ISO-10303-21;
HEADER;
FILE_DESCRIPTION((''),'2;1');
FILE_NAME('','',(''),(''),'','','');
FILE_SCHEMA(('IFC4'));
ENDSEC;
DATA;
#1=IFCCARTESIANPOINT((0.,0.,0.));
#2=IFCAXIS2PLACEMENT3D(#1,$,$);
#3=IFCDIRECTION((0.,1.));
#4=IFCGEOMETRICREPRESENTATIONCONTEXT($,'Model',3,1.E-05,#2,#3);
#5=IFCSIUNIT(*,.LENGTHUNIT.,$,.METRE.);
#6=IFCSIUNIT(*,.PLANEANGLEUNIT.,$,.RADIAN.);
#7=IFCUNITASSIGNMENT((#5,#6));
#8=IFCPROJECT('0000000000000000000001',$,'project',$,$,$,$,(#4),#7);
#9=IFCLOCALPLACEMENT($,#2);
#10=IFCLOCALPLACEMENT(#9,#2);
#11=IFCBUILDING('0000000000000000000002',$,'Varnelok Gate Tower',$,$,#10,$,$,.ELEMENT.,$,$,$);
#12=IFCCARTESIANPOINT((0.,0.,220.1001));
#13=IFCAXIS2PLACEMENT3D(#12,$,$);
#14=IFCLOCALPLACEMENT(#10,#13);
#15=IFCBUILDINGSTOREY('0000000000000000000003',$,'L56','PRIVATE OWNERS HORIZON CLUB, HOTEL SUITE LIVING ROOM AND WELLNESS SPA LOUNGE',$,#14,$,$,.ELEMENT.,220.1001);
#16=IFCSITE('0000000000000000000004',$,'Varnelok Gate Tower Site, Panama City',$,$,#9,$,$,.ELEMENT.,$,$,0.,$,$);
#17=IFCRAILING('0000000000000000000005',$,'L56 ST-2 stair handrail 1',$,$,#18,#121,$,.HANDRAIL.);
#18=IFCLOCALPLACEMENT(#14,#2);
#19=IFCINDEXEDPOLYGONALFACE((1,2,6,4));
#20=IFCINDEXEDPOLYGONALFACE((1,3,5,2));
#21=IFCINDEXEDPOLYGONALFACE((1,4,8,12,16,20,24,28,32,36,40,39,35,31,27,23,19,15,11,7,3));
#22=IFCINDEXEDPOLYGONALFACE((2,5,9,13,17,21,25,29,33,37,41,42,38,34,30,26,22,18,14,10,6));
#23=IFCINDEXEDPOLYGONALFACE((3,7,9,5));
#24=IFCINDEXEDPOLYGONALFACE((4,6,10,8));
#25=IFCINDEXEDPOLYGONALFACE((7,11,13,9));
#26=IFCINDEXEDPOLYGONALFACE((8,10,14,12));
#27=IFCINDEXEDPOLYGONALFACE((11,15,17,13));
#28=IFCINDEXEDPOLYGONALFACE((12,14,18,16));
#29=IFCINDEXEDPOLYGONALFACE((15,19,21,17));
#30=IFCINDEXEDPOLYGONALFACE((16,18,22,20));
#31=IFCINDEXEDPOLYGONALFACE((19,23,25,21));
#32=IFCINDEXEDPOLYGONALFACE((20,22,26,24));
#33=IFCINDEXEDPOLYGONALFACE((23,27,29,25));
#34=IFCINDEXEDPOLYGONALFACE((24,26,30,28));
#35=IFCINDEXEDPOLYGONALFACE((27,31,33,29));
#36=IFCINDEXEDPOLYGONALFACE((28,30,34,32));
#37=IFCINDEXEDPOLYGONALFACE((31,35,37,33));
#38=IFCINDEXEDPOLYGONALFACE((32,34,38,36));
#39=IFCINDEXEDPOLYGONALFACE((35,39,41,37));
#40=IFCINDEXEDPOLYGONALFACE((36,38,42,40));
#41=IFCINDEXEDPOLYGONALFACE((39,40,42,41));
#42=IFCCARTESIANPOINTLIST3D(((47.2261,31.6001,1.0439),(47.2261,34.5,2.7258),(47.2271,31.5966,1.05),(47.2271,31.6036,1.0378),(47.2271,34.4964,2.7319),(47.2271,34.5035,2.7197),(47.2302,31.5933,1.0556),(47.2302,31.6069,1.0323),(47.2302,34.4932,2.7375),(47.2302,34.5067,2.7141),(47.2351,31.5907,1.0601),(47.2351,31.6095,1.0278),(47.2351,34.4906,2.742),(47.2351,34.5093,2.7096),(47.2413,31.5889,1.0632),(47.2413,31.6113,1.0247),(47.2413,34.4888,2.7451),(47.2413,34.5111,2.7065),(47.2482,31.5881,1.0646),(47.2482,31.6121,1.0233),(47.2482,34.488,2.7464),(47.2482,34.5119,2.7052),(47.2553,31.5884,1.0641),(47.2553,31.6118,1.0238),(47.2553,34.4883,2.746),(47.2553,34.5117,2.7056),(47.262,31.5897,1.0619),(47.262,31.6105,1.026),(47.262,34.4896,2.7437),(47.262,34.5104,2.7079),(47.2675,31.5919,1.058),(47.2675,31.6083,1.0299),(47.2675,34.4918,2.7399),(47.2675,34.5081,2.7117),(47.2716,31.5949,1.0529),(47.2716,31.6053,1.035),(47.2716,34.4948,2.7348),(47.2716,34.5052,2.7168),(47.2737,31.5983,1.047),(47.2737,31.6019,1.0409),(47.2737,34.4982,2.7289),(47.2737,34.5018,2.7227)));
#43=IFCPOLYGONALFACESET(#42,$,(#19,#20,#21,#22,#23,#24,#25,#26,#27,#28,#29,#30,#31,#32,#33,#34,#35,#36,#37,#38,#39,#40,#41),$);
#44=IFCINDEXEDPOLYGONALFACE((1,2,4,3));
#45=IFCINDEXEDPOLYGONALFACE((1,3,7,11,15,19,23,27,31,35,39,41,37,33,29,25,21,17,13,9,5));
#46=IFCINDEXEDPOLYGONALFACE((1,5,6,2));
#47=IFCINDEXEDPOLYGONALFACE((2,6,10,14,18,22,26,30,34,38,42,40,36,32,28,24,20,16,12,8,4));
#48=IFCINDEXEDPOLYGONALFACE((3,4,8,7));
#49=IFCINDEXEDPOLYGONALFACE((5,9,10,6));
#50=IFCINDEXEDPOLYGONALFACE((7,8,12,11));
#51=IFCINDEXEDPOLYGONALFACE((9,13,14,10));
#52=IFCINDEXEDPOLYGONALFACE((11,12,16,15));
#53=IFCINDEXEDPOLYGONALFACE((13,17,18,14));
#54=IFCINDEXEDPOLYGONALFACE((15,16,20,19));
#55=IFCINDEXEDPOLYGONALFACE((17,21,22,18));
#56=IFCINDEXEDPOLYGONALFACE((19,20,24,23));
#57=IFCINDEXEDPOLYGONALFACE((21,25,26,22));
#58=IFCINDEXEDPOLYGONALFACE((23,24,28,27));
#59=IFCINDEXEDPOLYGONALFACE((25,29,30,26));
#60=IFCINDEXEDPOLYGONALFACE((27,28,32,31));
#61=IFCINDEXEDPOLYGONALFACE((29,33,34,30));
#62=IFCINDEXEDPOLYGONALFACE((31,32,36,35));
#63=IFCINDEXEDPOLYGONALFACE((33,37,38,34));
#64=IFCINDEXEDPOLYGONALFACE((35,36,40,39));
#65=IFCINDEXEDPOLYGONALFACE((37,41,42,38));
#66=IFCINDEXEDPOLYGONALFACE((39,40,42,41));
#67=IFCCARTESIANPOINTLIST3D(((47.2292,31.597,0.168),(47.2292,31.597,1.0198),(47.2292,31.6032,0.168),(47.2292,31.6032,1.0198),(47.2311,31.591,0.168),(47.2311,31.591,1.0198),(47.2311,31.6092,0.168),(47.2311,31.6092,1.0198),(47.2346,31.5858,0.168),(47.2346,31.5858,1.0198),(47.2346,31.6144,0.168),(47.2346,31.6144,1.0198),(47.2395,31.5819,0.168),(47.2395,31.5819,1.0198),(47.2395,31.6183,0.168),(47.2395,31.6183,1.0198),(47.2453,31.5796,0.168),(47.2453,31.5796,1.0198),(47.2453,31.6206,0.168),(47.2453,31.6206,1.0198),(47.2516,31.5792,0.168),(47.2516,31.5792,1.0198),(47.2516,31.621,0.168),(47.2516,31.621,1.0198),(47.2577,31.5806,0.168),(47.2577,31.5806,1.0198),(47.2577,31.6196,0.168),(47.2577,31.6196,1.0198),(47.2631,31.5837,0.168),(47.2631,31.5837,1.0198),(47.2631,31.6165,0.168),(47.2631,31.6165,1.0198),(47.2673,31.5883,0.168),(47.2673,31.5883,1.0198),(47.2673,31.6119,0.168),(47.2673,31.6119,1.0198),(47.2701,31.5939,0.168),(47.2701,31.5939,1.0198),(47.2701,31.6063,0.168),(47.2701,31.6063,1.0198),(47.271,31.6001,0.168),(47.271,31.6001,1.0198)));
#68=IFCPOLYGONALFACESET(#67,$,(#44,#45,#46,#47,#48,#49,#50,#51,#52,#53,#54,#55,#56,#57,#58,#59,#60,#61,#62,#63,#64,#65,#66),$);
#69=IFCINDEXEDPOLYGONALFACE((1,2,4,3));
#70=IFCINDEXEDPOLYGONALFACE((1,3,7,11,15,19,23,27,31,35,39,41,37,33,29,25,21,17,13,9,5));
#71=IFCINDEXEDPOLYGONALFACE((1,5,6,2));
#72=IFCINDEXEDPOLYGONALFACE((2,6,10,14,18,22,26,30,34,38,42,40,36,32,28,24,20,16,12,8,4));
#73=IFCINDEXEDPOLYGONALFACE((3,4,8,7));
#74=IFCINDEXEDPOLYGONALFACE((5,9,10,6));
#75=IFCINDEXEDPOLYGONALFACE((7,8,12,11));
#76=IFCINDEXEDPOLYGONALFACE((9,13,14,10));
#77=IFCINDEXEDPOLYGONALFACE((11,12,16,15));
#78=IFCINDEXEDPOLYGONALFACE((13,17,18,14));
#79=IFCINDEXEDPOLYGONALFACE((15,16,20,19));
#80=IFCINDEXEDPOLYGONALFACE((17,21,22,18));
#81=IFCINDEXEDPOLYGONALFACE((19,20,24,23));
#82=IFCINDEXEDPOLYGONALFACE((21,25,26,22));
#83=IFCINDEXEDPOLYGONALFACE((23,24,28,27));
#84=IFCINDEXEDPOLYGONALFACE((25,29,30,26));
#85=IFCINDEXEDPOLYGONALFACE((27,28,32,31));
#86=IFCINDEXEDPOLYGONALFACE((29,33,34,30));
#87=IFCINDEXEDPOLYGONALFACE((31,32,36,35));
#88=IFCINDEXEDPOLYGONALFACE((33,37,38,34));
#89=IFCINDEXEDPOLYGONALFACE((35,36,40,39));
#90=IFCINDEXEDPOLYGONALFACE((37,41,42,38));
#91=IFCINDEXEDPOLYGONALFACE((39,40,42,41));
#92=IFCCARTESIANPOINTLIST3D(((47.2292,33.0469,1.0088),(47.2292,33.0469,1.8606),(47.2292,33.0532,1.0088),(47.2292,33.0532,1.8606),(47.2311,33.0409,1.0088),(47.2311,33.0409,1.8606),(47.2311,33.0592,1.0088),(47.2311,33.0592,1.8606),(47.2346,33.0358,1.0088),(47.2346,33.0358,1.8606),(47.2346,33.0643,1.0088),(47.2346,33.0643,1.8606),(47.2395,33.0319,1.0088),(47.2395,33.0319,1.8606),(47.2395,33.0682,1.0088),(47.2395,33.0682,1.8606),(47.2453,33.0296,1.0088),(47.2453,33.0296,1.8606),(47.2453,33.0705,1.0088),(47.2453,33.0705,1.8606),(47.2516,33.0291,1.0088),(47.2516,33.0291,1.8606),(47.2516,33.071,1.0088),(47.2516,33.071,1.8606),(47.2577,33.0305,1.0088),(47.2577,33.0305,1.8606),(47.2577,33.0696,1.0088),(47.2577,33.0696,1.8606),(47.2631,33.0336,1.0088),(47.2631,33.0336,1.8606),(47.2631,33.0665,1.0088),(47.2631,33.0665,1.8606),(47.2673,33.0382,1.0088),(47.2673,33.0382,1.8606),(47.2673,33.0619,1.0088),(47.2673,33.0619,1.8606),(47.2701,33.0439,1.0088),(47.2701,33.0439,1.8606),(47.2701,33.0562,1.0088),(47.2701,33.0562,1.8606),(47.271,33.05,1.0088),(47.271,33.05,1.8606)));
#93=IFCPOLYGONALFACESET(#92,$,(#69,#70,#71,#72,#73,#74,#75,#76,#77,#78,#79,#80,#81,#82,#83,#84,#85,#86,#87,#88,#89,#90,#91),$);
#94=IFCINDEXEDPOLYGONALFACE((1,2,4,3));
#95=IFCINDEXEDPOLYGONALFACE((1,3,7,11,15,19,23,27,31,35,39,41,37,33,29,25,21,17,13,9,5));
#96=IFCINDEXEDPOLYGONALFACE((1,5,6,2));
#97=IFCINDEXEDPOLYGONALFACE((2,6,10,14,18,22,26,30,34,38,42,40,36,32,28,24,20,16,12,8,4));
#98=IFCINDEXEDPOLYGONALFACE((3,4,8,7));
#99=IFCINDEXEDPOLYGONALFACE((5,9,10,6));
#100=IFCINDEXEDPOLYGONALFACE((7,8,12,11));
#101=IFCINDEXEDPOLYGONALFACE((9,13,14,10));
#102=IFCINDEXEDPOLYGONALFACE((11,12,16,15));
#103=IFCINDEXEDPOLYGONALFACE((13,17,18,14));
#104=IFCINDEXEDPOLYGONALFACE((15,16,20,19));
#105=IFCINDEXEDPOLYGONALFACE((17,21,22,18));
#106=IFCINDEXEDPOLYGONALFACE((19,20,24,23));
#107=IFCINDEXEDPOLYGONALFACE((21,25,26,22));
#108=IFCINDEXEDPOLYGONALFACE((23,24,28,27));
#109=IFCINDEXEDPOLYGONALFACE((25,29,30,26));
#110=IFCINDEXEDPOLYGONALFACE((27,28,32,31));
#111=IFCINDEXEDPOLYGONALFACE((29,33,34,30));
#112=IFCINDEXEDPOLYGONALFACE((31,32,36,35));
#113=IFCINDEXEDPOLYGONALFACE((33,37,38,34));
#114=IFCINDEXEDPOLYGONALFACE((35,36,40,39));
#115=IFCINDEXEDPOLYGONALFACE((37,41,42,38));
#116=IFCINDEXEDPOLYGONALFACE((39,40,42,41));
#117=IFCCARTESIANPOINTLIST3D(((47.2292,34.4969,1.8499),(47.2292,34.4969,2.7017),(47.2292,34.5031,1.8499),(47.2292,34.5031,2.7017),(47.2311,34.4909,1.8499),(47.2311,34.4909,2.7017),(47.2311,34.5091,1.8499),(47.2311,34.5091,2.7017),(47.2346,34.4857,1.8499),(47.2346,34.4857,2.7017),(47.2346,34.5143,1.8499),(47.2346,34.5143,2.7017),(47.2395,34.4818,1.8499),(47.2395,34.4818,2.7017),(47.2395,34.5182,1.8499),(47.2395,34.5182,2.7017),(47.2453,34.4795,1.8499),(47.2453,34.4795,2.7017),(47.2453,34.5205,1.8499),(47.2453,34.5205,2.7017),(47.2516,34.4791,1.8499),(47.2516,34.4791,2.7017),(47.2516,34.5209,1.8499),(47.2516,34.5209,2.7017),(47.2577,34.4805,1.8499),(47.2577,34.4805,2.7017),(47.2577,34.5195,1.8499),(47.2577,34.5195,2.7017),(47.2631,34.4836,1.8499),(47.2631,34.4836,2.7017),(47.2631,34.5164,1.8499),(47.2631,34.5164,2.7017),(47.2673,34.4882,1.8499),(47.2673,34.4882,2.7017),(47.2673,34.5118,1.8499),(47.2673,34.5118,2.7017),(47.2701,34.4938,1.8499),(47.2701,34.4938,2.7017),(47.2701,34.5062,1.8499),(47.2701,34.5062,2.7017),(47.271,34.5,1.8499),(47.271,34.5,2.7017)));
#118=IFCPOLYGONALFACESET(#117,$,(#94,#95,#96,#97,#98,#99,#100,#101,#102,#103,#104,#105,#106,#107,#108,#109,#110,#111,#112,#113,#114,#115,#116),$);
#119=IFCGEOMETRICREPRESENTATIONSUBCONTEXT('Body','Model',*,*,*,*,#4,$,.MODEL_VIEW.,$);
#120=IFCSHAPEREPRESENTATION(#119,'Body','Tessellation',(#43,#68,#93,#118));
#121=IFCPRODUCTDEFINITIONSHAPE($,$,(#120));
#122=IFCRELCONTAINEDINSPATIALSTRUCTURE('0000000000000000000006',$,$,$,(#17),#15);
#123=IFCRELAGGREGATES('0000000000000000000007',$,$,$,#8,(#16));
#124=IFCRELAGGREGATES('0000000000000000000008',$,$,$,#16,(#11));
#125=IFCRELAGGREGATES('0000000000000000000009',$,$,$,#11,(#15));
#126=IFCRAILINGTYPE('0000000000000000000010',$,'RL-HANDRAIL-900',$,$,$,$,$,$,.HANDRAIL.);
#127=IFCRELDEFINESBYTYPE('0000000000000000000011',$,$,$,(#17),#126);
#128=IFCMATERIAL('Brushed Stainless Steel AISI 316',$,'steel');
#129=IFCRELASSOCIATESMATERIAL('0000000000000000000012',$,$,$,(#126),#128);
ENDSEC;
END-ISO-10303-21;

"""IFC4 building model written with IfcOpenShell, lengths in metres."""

from ifc_helpers import new_model, si_unit, direction, frame, origin, origin_2d, place, context, subcontext, project, spatial, circle, extrude, material, type_object, element, save


model = new_model("IFC4")

# Units and contexts
model_context = context("Model", 3, precision=1e-05, world=origin(), true_north=direction((0.0, 1.0)))
body_context = subcontext(model_context, "Body", "Model", "MODEL_VIEW")
ifc_project = project(units=[si_unit("LENGTHUNIT", "METRE"), si_unit("PLANEANGLEUNIT", "RADIAN")], contexts=[model_context])

# Site, building, storey
site_placement = place(None, origin())
site = spatial("IfcSite", under=ifc_project, at=site_placement, Name="Varnelok Gate Tower Site, Panama City", CompositionType="ELEMENT", RefElevation=0.0)
building_placement = place(site_placement, origin())
building = spatial("IfcBuilding", under=site, at=building_placement, Name="Varnelok Gate Tower", CompositionType="ELEMENT")
storey_placement = place(building_placement, frame((0.0, 0.0, 220.1001)))
storey = spatial("IfcBuildingStorey", under=building, at=storey_placement, Name="L56", Description="PRIVATE OWNERS HORIZON CLUB, HOTEL SUITE LIVING ROOM AND WELLNESS SPA LOUNGE", CompositionType="ELEMENT", Elevation=220.1001)

# Railing
ifc_material_1 = material(Name="Brushed Stainless Steel AISI 316", Category="steel")
railing_type_1 = type_object("IfcRailingType", Name="RL-HANDRAIL-900", PredefinedType="HANDRAIL", material=ifc_material_1)
railing_1_placement = place(storey_placement, frame((47.25, 31.6001, 0.168)))
element("IfcRailing", 1, at=railing_1_placement, inside=storey, type_object=railing_type_1, Name="L56 ST-2 stair handrail 1", PredefinedType="HANDRAIL", context=body_context, shape_type="SweptSolid", body=[
    extrude(circle(Radius=0.0239, at=origin_2d()), frame((0.0, 0.0, 0.876), z_axis=(0.0, 0.865039, 0.501705), x_axis=(-1.0, 0.0, 0.0)), (0.0, 0.0, 1.0), 3.3523),
    extrude(circle(Radius=0.021, at=origin_2d()), origin(), (0.0, 0.0, 1.0), 0.8518),
    extrude(circle(Radius=0.021, at=origin_2d()), frame((0.0, 1.45, 0.8408)), (0.0, 0.0, 1.0), 0.8518),
    extrude(circle(Radius=0.021, at=origin_2d()), frame((0.0, 2.8999, 1.6819)), (0.0, 0.0, 1.0), 0.8518),
])

save(model, "model.ifc")
